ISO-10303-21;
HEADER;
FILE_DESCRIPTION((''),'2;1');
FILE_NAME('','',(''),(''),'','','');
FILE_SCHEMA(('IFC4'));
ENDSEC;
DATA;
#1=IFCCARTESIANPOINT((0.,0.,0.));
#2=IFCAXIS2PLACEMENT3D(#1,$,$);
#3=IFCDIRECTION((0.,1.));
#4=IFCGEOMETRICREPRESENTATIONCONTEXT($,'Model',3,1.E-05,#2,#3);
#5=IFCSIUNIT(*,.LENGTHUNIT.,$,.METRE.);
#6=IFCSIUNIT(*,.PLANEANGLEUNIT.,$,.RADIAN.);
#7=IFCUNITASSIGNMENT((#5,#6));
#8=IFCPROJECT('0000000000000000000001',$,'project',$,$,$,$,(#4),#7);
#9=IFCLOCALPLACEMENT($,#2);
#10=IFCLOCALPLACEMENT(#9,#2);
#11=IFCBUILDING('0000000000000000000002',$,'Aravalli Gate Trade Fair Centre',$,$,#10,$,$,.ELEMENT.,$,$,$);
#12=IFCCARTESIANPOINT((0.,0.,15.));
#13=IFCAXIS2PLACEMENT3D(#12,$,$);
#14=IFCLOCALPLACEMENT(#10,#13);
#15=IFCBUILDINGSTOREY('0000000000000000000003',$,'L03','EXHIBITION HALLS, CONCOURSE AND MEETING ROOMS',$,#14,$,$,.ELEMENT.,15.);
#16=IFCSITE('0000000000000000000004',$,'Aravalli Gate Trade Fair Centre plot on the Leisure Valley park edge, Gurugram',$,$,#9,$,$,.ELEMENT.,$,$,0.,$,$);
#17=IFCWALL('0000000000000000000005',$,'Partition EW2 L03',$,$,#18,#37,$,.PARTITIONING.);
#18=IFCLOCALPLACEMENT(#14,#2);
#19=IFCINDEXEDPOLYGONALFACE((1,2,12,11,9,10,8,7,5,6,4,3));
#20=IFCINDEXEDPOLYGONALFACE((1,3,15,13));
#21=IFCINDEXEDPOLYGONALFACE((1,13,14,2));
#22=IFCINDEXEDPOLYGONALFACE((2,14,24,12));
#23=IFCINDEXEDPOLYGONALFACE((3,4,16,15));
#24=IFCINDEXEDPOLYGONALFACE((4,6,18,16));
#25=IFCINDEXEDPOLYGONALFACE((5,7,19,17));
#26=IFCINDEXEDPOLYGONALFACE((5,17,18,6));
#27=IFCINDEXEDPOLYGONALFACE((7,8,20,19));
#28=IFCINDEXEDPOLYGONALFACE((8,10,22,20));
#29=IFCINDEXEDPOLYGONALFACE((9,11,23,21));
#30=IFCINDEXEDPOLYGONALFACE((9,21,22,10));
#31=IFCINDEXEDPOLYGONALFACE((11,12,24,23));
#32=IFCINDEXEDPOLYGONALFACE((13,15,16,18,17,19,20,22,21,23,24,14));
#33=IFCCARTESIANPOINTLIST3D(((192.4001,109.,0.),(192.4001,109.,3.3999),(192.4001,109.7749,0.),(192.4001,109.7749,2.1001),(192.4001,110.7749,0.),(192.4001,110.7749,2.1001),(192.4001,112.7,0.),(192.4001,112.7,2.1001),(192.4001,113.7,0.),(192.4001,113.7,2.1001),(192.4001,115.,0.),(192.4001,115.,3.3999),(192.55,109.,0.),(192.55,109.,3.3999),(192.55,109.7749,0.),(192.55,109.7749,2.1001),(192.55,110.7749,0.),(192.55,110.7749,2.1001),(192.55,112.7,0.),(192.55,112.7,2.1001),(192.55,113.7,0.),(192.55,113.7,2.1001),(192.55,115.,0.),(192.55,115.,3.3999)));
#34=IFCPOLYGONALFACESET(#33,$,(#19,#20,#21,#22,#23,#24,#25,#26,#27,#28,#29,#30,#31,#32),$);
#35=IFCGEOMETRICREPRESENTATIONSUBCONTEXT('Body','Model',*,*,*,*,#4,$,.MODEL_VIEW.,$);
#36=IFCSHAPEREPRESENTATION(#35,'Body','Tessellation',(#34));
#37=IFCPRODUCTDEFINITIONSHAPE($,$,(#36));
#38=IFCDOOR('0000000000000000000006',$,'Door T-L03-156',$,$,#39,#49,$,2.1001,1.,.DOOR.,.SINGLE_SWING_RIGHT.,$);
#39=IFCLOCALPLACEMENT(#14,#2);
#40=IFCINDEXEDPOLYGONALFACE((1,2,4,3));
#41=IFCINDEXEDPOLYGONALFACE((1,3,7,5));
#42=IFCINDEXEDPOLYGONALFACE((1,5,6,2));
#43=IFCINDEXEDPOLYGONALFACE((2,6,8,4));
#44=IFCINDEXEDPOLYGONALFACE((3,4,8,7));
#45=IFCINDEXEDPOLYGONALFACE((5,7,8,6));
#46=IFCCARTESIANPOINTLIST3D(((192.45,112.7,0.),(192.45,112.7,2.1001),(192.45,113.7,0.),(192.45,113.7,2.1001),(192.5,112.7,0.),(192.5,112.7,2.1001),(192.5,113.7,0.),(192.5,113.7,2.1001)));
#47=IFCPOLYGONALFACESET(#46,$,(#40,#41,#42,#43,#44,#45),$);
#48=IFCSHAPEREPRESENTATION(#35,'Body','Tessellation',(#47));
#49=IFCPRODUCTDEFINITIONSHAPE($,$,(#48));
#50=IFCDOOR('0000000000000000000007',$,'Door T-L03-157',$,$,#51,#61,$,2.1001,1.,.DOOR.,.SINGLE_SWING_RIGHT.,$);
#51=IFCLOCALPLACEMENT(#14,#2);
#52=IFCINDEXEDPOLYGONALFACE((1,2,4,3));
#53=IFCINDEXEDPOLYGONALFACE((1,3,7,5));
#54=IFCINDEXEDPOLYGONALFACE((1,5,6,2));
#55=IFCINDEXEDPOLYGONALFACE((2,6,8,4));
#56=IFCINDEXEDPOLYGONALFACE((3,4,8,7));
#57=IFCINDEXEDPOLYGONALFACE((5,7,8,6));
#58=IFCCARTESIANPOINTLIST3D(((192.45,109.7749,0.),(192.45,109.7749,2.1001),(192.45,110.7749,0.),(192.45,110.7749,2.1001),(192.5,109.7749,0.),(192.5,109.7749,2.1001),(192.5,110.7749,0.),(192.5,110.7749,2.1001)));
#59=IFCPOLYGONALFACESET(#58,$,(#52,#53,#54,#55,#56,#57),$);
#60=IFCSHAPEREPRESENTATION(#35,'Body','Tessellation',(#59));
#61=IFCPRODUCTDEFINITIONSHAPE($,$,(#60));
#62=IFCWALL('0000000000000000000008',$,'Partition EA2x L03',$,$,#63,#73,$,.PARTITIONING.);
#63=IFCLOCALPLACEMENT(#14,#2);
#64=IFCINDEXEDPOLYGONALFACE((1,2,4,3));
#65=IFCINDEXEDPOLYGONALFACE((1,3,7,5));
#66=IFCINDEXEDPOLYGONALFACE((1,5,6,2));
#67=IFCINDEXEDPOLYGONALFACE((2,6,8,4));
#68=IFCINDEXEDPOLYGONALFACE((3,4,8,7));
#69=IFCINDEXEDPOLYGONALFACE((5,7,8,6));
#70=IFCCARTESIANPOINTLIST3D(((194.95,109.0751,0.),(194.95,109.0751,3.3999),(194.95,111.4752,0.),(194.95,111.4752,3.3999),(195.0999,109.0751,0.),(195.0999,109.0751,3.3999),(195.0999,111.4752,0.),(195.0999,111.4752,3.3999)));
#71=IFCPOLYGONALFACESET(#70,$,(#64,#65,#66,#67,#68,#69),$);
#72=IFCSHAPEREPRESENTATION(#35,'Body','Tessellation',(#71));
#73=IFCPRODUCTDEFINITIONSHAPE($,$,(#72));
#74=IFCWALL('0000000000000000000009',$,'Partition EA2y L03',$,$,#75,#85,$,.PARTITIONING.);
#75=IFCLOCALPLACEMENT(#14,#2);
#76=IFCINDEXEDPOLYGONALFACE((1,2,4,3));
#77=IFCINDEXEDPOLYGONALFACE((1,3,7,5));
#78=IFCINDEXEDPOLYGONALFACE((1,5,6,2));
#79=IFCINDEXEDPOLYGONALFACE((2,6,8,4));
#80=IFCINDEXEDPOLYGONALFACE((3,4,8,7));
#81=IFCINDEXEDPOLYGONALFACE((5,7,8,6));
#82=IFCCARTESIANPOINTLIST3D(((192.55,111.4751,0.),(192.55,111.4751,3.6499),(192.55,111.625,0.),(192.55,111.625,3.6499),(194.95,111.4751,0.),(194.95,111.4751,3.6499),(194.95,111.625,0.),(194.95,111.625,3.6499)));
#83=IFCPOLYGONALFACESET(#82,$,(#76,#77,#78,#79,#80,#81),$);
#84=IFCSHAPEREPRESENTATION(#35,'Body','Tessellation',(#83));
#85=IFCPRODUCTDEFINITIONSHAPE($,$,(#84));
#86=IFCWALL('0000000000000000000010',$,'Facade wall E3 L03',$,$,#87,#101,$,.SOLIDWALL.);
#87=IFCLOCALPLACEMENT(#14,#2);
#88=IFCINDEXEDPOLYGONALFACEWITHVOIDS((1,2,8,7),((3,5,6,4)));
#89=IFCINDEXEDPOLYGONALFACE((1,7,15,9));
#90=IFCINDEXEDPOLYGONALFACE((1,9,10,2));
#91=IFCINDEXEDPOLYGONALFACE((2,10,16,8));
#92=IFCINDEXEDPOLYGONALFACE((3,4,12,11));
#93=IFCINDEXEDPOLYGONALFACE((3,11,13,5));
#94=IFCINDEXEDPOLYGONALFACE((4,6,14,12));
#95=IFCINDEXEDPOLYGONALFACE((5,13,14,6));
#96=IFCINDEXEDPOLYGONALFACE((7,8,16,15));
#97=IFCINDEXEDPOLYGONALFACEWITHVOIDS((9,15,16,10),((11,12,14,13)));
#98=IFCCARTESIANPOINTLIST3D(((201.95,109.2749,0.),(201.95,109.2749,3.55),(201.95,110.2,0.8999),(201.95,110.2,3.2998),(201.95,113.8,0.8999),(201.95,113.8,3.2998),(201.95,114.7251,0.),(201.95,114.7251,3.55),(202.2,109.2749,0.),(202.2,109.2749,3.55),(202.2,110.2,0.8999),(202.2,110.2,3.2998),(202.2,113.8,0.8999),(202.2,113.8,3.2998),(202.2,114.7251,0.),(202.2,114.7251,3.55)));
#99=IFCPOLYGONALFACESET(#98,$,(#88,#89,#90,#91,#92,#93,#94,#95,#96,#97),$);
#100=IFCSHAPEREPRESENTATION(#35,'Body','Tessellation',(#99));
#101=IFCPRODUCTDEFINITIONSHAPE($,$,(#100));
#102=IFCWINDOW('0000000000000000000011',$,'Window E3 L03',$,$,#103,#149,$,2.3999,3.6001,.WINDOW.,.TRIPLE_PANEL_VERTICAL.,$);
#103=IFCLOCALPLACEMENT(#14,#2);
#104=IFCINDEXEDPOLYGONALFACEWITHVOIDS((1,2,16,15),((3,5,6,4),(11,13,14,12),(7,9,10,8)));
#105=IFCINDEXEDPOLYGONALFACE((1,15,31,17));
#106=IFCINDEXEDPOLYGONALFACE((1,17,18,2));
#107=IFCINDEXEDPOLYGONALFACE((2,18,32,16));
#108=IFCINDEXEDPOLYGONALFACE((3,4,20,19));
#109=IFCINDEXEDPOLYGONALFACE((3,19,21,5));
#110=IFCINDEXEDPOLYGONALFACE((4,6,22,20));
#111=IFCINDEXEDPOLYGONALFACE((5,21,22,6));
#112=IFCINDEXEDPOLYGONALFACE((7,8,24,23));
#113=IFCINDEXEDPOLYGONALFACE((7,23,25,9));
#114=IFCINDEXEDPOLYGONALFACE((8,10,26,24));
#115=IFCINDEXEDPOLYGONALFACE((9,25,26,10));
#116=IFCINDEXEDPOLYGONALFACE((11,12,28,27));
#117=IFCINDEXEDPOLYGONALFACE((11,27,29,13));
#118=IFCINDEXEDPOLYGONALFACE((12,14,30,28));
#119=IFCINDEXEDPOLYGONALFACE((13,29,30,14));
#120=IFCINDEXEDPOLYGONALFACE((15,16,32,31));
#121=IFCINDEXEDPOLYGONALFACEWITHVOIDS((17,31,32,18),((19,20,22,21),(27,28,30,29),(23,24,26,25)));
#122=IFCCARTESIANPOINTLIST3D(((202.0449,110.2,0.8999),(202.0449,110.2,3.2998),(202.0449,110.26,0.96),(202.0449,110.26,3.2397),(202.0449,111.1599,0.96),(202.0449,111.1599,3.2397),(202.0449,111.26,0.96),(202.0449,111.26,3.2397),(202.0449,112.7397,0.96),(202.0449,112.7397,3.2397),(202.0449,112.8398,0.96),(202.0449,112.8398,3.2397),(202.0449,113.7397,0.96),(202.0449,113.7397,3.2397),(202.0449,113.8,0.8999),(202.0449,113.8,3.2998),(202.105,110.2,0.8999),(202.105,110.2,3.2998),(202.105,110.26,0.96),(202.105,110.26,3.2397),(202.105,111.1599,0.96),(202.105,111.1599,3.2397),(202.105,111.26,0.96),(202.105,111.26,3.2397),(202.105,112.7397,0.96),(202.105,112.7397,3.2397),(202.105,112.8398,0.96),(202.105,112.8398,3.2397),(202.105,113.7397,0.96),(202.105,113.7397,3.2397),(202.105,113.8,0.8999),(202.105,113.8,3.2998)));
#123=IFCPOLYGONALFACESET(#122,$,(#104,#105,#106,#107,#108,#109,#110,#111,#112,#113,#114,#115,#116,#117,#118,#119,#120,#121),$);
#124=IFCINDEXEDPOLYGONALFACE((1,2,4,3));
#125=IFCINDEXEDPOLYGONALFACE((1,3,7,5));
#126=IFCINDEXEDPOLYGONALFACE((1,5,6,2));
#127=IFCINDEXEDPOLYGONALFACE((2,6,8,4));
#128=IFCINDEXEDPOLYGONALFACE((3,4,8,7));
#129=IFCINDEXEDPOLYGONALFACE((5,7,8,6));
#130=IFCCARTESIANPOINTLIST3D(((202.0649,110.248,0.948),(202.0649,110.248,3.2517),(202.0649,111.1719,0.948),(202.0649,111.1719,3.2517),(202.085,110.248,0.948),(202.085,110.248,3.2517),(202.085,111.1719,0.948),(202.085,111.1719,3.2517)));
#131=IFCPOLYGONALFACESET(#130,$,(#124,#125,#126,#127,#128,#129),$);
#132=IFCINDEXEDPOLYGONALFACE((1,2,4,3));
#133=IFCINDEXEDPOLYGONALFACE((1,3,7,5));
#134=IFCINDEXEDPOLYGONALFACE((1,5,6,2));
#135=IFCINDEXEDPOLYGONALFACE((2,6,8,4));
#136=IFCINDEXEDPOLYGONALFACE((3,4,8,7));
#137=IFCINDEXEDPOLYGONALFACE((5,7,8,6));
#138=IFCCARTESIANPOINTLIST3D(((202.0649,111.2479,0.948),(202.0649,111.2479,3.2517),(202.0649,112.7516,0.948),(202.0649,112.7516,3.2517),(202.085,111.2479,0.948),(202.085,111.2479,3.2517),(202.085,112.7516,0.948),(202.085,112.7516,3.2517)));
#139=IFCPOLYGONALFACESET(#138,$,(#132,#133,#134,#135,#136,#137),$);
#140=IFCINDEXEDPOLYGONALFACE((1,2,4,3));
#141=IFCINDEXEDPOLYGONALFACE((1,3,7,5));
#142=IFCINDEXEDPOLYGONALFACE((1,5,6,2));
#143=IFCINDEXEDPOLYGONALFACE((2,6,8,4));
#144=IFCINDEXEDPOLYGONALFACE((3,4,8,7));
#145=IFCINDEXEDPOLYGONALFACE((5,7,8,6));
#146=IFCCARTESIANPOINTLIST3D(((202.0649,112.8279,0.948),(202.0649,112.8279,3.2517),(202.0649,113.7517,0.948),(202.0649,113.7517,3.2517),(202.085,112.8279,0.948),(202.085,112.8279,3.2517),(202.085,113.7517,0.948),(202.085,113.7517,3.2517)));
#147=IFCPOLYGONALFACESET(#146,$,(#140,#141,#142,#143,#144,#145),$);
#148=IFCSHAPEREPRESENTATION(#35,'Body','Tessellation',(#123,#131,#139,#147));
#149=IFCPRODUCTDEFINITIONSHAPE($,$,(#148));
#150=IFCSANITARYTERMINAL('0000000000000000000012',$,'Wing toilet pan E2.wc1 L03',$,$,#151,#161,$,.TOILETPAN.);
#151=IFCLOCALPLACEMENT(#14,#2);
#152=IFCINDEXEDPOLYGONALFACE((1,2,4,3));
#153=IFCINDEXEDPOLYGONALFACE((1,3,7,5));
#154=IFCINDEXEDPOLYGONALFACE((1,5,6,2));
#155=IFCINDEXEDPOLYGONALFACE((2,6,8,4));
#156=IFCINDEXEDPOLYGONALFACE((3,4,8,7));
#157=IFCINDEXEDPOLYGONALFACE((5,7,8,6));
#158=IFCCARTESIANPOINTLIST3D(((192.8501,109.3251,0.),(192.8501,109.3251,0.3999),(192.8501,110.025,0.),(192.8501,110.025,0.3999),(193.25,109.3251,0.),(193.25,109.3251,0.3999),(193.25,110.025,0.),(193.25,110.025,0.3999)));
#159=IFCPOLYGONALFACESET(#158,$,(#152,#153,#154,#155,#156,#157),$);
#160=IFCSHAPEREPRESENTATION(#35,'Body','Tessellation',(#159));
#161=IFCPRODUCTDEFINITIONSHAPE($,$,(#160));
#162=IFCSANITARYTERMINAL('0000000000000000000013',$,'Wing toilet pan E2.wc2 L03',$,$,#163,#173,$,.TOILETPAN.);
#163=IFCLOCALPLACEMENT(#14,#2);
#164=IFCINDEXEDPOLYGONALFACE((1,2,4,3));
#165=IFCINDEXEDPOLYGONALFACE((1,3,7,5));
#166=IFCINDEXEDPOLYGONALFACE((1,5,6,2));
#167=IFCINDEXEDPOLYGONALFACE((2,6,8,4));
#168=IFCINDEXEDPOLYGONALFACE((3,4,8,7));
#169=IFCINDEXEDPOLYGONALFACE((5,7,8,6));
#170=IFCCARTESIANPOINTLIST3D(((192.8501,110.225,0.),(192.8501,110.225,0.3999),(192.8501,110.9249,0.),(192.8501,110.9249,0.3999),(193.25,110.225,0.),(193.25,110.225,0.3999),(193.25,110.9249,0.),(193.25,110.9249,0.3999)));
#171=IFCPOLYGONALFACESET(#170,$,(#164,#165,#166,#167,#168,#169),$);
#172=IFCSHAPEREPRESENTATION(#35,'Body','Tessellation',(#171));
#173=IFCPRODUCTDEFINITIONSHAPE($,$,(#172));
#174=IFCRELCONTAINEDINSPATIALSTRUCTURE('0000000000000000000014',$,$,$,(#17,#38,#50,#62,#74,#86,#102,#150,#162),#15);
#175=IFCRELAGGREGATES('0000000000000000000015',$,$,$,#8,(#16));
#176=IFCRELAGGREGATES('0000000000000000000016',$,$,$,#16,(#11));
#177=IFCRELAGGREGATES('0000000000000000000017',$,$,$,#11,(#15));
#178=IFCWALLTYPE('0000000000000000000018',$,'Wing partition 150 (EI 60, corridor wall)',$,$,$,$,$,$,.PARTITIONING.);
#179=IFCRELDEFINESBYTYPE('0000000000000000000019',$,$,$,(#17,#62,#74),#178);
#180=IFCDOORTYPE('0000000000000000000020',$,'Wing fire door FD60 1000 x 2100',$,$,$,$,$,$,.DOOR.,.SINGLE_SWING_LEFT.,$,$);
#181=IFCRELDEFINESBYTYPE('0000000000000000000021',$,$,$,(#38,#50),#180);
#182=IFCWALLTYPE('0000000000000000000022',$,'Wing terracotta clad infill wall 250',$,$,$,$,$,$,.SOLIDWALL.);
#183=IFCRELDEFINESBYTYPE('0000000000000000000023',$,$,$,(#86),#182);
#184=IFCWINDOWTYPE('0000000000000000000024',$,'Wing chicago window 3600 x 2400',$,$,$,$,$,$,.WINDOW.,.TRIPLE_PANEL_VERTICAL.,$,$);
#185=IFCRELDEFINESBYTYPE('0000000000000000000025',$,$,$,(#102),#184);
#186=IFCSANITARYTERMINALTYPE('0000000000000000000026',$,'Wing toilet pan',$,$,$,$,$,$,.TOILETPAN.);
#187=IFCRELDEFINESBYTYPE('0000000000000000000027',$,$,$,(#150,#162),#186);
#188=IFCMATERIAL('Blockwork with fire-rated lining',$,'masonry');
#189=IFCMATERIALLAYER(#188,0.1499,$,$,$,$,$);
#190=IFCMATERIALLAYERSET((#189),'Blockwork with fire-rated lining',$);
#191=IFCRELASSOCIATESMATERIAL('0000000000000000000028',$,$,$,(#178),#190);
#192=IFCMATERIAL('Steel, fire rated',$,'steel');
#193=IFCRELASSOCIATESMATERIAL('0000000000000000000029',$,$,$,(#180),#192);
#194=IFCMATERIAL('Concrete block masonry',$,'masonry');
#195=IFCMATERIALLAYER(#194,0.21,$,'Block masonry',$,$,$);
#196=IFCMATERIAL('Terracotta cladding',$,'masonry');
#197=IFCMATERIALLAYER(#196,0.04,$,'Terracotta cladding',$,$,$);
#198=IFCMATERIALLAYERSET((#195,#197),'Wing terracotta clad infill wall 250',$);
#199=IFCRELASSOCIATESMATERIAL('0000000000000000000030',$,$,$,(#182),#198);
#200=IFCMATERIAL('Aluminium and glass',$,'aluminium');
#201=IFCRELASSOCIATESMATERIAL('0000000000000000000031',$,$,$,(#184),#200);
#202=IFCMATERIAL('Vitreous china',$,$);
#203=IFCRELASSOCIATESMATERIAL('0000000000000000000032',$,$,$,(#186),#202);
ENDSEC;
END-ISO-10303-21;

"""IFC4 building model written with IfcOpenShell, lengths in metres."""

from ifc_helpers import new_model, si_unit, direction, frame, frame_2d, origin, origin_2d, place, context, subcontext, project, spatial, polyline, rectangle, outline, extrude, material, layer, layer_set, type_object, element, fill, save


model = new_model("IFC4")

# Units and contexts
model_context = context("Model", 3, precision=1e-05, world=origin(), true_north=direction((0.0, 1.0)))
body_context = subcontext(model_context, "Body", "Model", "MODEL_VIEW")
ifc_project = project(units=[si_unit("LENGTHUNIT", "METRE"), si_unit("PLANEANGLEUNIT", "RADIAN")], contexts=[model_context])

# Site, building, storey
site_placement = place(None, origin())
site = spatial("IfcSite", under=ifc_project, at=site_placement, Name="Aravalli Gate Trade Fair Centre plot on the Leisure Valley park edge, Gurugram", CompositionType="ELEMENT", RefElevation=0.0)
building_placement = place(site_placement, origin())
building = spatial("IfcBuilding", under=site, at=building_placement, Name="Aravalli Gate Trade Fair Centre", CompositionType="ELEMENT")
storey_placement = place(building_placement, frame((0.0, 0.0, 15.0)))
storey = spatial("IfcBuildingStorey", under=building, at=storey_placement, Name="L03", Description="EXHIBITION HALLS, CONCOURSE AND MEETING ROOMS", CompositionType="ELEMENT", Elevation=15.0)

# Shared definitions
ifc_material_1 = material(Name="Blockwork with fire-rated lining", Category="masonry")
ifc_layer_1 = layer(ifc_material_1, 0.1499)
ifc_layer_set_1 = layer_set([ifc_layer_1], Name="Blockwork with fire-rated lining")
wall_type_1 = type_object("IfcWallType", Name="Wing partition 150 (EI 60, corridor wall)", PredefinedType="PARTITIONING", material=ifc_layer_set_1)

# Wall, openings, doors
wall_1_placement = place(storey_placement, frame((192.4751, 109.0, 0.0), z_axis=(0.0, 0.0, 1.0), x_axis=(0.0, 1.0, 0.0)))
wall_1 = element("IfcWall", 1, at=wall_1_placement, inside=storey, type_object=wall_type_1, Name="Partition EW2 L03", PredefinedType="PARTITIONING", context=body_context, shape_type="SweptSolid", body=[
    extrude(rectangle(XDim=6.0, YDim=0.1499, at=frame_2d((3.0, 0.0))), origin(), (0.0, 0.0, 1.0), 3.3999),
])
opening_1_placement = place(wall_1_placement, frame((3.7, 0.0, 0.0)))
opening_1 = element("IfcOpeningElement", 2, at=opening_1_placement, cuts=wall_1, PredefinedType="OPENING", context=body_context, shape_type="SweptSolid", body=[
    extrude(rectangle(XDim=1.0, YDim=2.1001, at=frame_2d((0.5, 1.05))), frame((0.0, 0.085, 0.0), z_axis=(0.0, -1.0, 0.0), x_axis=(1.0, 0.0, 0.0)), (0.0, 0.0, 1.0), 0.1699),
])
opening_2_placement = place(wall_1_placement, frame((0.7749, 0.0, 0.0)))
opening_2 = element("IfcOpeningElement", 3, at=opening_2_placement, cuts=wall_1, PredefinedType="OPENING", context=body_context, shape_type="SweptSolid", body=[
    extrude(rectangle(XDim=1.0, YDim=2.1001, at=frame_2d((0.5, 1.05))), frame((0.0, 0.085, 0.0), z_axis=(0.0, -1.0, 0.0), x_axis=(1.0, 0.0, 0.0)), (0.0, 0.0, 1.0), 0.1699),
])
ifc_material_2 = material(Name="Steel, fire rated", Category="steel")
door_type = type_object("IfcDoorType", Name="Wing fire door FD60 1000 x 2100", OperationType="SINGLE_SWING_LEFT", PredefinedType="DOOR", material=ifc_material_2)
door_1_placement = place(opening_1_placement, frame((1.0, 0.0, 0.0), z_axis=(0.0, 0.0, 1.0), x_axis=(-1.0, 0.0, 0.0)))
door_1 = element("IfcDoor", 4, at=door_1_placement, inside=storey, type_object=door_type, Name="Door T-L03-156", OperationType="SINGLE_SWING_RIGHT", OverallHeight=2.1001, OverallWidth=1.0, PredefinedType="DOOR", context=body_context, shape_type="SweptSolid", body=[
    extrude(rectangle(XDim=1.0, YDim=2.1001, at=frame_2d((0.5, 1.05))), frame((0.0, 0.0249, 0.0), z_axis=(0.0, -1.0, 0.0), x_axis=(1.0, 0.0, 0.0)), (0.0, 0.0, 1.0), 0.05),
])
fill(opening_1, door_1)
door_2_placement = place(opening_2_placement, frame((1.0, 0.0, 0.0), z_axis=(0.0, 0.0, 1.0), x_axis=(-1.0, 0.0, 0.0)))
door_2 = element("IfcDoor", 5, at=door_2_placement, inside=storey, type_object=door_type, Name="Door T-L03-157", OperationType="SINGLE_SWING_RIGHT", OverallHeight=2.1001, OverallWidth=1.0, PredefinedType="DOOR", context=body_context, shape_type="SweptSolid", body=[
    extrude(rectangle(XDim=1.0, YDim=2.1001, at=frame_2d((0.5, 1.05))), frame((0.0, 0.0249, 0.0), z_axis=(0.0, -1.0, 0.0), x_axis=(1.0, 0.0, 0.0)), (0.0, 0.0, 1.0), 0.05),
])
fill(opening_2, door_2)

# Walls
wall_2_placement = place(storey_placement, frame((195.0249, 109.075, 0.0), z_axis=(0.0, 0.0, 1.0), x_axis=(0.0, 1.0, 0.0)))
element("IfcWall", 6, at=wall_2_placement, inside=storey, type_object=wall_type_1, Name="Partition EA2x L03", PredefinedType="PARTITIONING", context=body_context, shape_type="SweptSolid", body=[
    extrude(rectangle(XDim=2.4001, YDim=0.1499, at=frame_2d((1.2002, 0.0))), origin(), (0.0, 0.0, 1.0), 3.3999),
])
wall_3_placement = place(storey_placement, frame((192.55, 111.55, 0.0), z_axis=(0.0, 0.0, 1.0), x_axis=(1.0, 0.0, 0.0)))
element("IfcWall", 7, at=wall_3_placement, inside=storey, type_object=wall_type_1, Name="Partition EA2y L03", PredefinedType="PARTITIONING", context=body_context, shape_type="SweptSolid", body=[
    extrude(rectangle(XDim=2.3999, YDim=0.1499, at=frame_2d((1.2, 0.0))), origin(), (0.0, 0.0, 1.0), 3.6499),
])

# Wall, opening, window
ifc_material_3 = material(Name="Concrete block masonry", Category="masonry")
ifc_layer_2 = layer(ifc_material_3, 0.21, Name="Block masonry")
ifc_material_4 = material(Name="Terracotta cladding", Category="masonry")
ifc_layer_3 = layer(ifc_material_4, 0.04, Name="Terracotta cladding")
ifc_layer_set_2 = layer_set([ifc_layer_2, ifc_layer_3], Name="Wing terracotta clad infill wall 250")
wall_type_2 = type_object("IfcWallType", Name="Wing terracotta clad infill wall 250", PredefinedType="SOLIDWALL", material=ifc_layer_set_2)
wall_4_placement = place(storey_placement, frame((202.075, 109.2749, 0.0), z_axis=(0.0, 0.0, 1.0), x_axis=(0.0, 1.0, 0.0)))
wall_4 = element("IfcWall", 8, at=wall_4_placement, inside=storey, type_object=wall_type_2, Name="Facade wall E3 L03", PredefinedType="SOLIDWALL", context=body_context, shape_type="SweptSolid", body=[
    extrude(rectangle(XDim=5.4502, YDim=0.25, at=frame_2d((2.7251, 0.0))), origin(), (0.0, 0.0, 1.0), 3.55),
])
opening_3_placement = place(wall_4_placement, frame((0.925, 0.0, 0.8999)))
opening_3 = element("IfcOpeningElement", 9, at=opening_3_placement, cuts=wall_4, PredefinedType="OPENING", context=body_context, shape_type="SweptSolid", body=[
    extrude(rectangle(XDim=3.6001, YDim=2.3999, at=frame_2d((1.8, 1.2))), frame((0.0, 0.135, 0.0), z_axis=(0.0, -1.0, 0.0), x_axis=(1.0, 0.0, 0.0)), (0.0, 0.0, 1.0), 0.27),
])
ifc_material_5 = material(Name="Aluminium and glass", Category="aluminium")
window_type = type_object("IfcWindowType", Name="Wing chicago window 3600 x 2400", PartitioningType="TRIPLE_PANEL_VERTICAL", PredefinedType="WINDOW", material=ifc_material_5)
window_placement = place(opening_3_placement, origin())
window = element("IfcWindow", 10, at=window_placement, inside=storey, type_object=window_type, Name="Window E3 L03", OverallHeight=2.3999, OverallWidth=3.6001, PartitioningType="TRIPLE_PANEL_VERTICAL", PredefinedType="WINDOW", context=body_context, shape_type="SweptSolid", body=[
    extrude(outline(polyline([(0.0, 0.0), (3.6001, 0.0), (3.6001, 2.3999), (0.0, 2.3999), (0.0, 0.0)]), holes=[polyline([(0.0601, 0.0601), (0.96, 0.0601), (0.96, 2.3398), (0.0601, 2.3398), (0.0601, 0.0601)]), polyline([(1.0601, 0.0601), (2.5398, 0.0601), (2.5398, 2.3398), (1.0601, 2.3398), (1.0601, 0.0601)]), polyline([(2.6399, 0.0601), (3.5398, 0.0601), (3.5398, 2.3398), (2.6399, 2.3398), (2.6399, 0.0601)])]), frame((0.0, 0.03, 0.0), z_axis=(0.0, -1.0, 0.0), x_axis=(1.0, 0.0, 0.0)), (0.0, 0.0, 1.0), 0.0601),
    extrude(rectangle(XDim=0.9238, YDim=2.3037, at=frame_2d((0.51, 1.2))), frame((0.0, 0.01, 0.0), z_axis=(0.0, -1.0, 0.0), x_axis=(1.0, 0.0, 0.0)), (0.0, 0.0, 1.0), 0.02),
    extrude(rectangle(XDim=1.5037, YDim=2.3037, at=frame_2d((1.7998, 1.2))), frame((0.0, 0.01, 0.0), z_axis=(0.0, -1.0, 0.0), x_axis=(1.0, 0.0, 0.0)), (0.0, 0.0, 1.0), 0.02),
    extrude(rectangle(XDim=0.9238, YDim=2.3037, at=frame_2d((3.0898, 1.2))), frame((0.0, 0.01, 0.0), z_axis=(0.0, -1.0, 0.0), x_axis=(1.0, 0.0, 0.0)), (0.0, 0.0, 1.0), 0.02),
])
fill(opening_3, window)

# Sanitary terminals
ifc_material_6 = material(Name="Vitreous china")
sanitary_terminal_type_1 = type_object("IfcSanitaryTerminalType", Name="Wing toilet pan", PredefinedType="TOILETPAN", material=ifc_material_6)
for number, where, z_axis, x_axis, name in (
    (11, (193.05, 109.675, 0.0), (0.0, 0.0, 1.0), (1.0, 0.0, 0.0), "Wing toilet pan E2.wc1 L03"),
    (12, (193.05, 110.575, 0.0), (0.0, 0.0, 1.0), (1.0, 0.0, 0.0), "Wing toilet pan E2.wc2 L03"),
):
    element("IfcSanitaryTerminal", number, at=place(storey_placement, frame(where, z_axis=z_axis, x_axis=x_axis)), inside=storey, type_object=sanitary_terminal_type_1, Name=name, PredefinedType="TOILETPAN", context=body_context, shape_type="SweptSolid", body=[
        extrude(rectangle(XDim=0.3999, YDim=0.7, at=origin_2d()), origin(), (0.0, 0.0, 1.0), 0.3999),
    ])

save(model, "model.ifc")
